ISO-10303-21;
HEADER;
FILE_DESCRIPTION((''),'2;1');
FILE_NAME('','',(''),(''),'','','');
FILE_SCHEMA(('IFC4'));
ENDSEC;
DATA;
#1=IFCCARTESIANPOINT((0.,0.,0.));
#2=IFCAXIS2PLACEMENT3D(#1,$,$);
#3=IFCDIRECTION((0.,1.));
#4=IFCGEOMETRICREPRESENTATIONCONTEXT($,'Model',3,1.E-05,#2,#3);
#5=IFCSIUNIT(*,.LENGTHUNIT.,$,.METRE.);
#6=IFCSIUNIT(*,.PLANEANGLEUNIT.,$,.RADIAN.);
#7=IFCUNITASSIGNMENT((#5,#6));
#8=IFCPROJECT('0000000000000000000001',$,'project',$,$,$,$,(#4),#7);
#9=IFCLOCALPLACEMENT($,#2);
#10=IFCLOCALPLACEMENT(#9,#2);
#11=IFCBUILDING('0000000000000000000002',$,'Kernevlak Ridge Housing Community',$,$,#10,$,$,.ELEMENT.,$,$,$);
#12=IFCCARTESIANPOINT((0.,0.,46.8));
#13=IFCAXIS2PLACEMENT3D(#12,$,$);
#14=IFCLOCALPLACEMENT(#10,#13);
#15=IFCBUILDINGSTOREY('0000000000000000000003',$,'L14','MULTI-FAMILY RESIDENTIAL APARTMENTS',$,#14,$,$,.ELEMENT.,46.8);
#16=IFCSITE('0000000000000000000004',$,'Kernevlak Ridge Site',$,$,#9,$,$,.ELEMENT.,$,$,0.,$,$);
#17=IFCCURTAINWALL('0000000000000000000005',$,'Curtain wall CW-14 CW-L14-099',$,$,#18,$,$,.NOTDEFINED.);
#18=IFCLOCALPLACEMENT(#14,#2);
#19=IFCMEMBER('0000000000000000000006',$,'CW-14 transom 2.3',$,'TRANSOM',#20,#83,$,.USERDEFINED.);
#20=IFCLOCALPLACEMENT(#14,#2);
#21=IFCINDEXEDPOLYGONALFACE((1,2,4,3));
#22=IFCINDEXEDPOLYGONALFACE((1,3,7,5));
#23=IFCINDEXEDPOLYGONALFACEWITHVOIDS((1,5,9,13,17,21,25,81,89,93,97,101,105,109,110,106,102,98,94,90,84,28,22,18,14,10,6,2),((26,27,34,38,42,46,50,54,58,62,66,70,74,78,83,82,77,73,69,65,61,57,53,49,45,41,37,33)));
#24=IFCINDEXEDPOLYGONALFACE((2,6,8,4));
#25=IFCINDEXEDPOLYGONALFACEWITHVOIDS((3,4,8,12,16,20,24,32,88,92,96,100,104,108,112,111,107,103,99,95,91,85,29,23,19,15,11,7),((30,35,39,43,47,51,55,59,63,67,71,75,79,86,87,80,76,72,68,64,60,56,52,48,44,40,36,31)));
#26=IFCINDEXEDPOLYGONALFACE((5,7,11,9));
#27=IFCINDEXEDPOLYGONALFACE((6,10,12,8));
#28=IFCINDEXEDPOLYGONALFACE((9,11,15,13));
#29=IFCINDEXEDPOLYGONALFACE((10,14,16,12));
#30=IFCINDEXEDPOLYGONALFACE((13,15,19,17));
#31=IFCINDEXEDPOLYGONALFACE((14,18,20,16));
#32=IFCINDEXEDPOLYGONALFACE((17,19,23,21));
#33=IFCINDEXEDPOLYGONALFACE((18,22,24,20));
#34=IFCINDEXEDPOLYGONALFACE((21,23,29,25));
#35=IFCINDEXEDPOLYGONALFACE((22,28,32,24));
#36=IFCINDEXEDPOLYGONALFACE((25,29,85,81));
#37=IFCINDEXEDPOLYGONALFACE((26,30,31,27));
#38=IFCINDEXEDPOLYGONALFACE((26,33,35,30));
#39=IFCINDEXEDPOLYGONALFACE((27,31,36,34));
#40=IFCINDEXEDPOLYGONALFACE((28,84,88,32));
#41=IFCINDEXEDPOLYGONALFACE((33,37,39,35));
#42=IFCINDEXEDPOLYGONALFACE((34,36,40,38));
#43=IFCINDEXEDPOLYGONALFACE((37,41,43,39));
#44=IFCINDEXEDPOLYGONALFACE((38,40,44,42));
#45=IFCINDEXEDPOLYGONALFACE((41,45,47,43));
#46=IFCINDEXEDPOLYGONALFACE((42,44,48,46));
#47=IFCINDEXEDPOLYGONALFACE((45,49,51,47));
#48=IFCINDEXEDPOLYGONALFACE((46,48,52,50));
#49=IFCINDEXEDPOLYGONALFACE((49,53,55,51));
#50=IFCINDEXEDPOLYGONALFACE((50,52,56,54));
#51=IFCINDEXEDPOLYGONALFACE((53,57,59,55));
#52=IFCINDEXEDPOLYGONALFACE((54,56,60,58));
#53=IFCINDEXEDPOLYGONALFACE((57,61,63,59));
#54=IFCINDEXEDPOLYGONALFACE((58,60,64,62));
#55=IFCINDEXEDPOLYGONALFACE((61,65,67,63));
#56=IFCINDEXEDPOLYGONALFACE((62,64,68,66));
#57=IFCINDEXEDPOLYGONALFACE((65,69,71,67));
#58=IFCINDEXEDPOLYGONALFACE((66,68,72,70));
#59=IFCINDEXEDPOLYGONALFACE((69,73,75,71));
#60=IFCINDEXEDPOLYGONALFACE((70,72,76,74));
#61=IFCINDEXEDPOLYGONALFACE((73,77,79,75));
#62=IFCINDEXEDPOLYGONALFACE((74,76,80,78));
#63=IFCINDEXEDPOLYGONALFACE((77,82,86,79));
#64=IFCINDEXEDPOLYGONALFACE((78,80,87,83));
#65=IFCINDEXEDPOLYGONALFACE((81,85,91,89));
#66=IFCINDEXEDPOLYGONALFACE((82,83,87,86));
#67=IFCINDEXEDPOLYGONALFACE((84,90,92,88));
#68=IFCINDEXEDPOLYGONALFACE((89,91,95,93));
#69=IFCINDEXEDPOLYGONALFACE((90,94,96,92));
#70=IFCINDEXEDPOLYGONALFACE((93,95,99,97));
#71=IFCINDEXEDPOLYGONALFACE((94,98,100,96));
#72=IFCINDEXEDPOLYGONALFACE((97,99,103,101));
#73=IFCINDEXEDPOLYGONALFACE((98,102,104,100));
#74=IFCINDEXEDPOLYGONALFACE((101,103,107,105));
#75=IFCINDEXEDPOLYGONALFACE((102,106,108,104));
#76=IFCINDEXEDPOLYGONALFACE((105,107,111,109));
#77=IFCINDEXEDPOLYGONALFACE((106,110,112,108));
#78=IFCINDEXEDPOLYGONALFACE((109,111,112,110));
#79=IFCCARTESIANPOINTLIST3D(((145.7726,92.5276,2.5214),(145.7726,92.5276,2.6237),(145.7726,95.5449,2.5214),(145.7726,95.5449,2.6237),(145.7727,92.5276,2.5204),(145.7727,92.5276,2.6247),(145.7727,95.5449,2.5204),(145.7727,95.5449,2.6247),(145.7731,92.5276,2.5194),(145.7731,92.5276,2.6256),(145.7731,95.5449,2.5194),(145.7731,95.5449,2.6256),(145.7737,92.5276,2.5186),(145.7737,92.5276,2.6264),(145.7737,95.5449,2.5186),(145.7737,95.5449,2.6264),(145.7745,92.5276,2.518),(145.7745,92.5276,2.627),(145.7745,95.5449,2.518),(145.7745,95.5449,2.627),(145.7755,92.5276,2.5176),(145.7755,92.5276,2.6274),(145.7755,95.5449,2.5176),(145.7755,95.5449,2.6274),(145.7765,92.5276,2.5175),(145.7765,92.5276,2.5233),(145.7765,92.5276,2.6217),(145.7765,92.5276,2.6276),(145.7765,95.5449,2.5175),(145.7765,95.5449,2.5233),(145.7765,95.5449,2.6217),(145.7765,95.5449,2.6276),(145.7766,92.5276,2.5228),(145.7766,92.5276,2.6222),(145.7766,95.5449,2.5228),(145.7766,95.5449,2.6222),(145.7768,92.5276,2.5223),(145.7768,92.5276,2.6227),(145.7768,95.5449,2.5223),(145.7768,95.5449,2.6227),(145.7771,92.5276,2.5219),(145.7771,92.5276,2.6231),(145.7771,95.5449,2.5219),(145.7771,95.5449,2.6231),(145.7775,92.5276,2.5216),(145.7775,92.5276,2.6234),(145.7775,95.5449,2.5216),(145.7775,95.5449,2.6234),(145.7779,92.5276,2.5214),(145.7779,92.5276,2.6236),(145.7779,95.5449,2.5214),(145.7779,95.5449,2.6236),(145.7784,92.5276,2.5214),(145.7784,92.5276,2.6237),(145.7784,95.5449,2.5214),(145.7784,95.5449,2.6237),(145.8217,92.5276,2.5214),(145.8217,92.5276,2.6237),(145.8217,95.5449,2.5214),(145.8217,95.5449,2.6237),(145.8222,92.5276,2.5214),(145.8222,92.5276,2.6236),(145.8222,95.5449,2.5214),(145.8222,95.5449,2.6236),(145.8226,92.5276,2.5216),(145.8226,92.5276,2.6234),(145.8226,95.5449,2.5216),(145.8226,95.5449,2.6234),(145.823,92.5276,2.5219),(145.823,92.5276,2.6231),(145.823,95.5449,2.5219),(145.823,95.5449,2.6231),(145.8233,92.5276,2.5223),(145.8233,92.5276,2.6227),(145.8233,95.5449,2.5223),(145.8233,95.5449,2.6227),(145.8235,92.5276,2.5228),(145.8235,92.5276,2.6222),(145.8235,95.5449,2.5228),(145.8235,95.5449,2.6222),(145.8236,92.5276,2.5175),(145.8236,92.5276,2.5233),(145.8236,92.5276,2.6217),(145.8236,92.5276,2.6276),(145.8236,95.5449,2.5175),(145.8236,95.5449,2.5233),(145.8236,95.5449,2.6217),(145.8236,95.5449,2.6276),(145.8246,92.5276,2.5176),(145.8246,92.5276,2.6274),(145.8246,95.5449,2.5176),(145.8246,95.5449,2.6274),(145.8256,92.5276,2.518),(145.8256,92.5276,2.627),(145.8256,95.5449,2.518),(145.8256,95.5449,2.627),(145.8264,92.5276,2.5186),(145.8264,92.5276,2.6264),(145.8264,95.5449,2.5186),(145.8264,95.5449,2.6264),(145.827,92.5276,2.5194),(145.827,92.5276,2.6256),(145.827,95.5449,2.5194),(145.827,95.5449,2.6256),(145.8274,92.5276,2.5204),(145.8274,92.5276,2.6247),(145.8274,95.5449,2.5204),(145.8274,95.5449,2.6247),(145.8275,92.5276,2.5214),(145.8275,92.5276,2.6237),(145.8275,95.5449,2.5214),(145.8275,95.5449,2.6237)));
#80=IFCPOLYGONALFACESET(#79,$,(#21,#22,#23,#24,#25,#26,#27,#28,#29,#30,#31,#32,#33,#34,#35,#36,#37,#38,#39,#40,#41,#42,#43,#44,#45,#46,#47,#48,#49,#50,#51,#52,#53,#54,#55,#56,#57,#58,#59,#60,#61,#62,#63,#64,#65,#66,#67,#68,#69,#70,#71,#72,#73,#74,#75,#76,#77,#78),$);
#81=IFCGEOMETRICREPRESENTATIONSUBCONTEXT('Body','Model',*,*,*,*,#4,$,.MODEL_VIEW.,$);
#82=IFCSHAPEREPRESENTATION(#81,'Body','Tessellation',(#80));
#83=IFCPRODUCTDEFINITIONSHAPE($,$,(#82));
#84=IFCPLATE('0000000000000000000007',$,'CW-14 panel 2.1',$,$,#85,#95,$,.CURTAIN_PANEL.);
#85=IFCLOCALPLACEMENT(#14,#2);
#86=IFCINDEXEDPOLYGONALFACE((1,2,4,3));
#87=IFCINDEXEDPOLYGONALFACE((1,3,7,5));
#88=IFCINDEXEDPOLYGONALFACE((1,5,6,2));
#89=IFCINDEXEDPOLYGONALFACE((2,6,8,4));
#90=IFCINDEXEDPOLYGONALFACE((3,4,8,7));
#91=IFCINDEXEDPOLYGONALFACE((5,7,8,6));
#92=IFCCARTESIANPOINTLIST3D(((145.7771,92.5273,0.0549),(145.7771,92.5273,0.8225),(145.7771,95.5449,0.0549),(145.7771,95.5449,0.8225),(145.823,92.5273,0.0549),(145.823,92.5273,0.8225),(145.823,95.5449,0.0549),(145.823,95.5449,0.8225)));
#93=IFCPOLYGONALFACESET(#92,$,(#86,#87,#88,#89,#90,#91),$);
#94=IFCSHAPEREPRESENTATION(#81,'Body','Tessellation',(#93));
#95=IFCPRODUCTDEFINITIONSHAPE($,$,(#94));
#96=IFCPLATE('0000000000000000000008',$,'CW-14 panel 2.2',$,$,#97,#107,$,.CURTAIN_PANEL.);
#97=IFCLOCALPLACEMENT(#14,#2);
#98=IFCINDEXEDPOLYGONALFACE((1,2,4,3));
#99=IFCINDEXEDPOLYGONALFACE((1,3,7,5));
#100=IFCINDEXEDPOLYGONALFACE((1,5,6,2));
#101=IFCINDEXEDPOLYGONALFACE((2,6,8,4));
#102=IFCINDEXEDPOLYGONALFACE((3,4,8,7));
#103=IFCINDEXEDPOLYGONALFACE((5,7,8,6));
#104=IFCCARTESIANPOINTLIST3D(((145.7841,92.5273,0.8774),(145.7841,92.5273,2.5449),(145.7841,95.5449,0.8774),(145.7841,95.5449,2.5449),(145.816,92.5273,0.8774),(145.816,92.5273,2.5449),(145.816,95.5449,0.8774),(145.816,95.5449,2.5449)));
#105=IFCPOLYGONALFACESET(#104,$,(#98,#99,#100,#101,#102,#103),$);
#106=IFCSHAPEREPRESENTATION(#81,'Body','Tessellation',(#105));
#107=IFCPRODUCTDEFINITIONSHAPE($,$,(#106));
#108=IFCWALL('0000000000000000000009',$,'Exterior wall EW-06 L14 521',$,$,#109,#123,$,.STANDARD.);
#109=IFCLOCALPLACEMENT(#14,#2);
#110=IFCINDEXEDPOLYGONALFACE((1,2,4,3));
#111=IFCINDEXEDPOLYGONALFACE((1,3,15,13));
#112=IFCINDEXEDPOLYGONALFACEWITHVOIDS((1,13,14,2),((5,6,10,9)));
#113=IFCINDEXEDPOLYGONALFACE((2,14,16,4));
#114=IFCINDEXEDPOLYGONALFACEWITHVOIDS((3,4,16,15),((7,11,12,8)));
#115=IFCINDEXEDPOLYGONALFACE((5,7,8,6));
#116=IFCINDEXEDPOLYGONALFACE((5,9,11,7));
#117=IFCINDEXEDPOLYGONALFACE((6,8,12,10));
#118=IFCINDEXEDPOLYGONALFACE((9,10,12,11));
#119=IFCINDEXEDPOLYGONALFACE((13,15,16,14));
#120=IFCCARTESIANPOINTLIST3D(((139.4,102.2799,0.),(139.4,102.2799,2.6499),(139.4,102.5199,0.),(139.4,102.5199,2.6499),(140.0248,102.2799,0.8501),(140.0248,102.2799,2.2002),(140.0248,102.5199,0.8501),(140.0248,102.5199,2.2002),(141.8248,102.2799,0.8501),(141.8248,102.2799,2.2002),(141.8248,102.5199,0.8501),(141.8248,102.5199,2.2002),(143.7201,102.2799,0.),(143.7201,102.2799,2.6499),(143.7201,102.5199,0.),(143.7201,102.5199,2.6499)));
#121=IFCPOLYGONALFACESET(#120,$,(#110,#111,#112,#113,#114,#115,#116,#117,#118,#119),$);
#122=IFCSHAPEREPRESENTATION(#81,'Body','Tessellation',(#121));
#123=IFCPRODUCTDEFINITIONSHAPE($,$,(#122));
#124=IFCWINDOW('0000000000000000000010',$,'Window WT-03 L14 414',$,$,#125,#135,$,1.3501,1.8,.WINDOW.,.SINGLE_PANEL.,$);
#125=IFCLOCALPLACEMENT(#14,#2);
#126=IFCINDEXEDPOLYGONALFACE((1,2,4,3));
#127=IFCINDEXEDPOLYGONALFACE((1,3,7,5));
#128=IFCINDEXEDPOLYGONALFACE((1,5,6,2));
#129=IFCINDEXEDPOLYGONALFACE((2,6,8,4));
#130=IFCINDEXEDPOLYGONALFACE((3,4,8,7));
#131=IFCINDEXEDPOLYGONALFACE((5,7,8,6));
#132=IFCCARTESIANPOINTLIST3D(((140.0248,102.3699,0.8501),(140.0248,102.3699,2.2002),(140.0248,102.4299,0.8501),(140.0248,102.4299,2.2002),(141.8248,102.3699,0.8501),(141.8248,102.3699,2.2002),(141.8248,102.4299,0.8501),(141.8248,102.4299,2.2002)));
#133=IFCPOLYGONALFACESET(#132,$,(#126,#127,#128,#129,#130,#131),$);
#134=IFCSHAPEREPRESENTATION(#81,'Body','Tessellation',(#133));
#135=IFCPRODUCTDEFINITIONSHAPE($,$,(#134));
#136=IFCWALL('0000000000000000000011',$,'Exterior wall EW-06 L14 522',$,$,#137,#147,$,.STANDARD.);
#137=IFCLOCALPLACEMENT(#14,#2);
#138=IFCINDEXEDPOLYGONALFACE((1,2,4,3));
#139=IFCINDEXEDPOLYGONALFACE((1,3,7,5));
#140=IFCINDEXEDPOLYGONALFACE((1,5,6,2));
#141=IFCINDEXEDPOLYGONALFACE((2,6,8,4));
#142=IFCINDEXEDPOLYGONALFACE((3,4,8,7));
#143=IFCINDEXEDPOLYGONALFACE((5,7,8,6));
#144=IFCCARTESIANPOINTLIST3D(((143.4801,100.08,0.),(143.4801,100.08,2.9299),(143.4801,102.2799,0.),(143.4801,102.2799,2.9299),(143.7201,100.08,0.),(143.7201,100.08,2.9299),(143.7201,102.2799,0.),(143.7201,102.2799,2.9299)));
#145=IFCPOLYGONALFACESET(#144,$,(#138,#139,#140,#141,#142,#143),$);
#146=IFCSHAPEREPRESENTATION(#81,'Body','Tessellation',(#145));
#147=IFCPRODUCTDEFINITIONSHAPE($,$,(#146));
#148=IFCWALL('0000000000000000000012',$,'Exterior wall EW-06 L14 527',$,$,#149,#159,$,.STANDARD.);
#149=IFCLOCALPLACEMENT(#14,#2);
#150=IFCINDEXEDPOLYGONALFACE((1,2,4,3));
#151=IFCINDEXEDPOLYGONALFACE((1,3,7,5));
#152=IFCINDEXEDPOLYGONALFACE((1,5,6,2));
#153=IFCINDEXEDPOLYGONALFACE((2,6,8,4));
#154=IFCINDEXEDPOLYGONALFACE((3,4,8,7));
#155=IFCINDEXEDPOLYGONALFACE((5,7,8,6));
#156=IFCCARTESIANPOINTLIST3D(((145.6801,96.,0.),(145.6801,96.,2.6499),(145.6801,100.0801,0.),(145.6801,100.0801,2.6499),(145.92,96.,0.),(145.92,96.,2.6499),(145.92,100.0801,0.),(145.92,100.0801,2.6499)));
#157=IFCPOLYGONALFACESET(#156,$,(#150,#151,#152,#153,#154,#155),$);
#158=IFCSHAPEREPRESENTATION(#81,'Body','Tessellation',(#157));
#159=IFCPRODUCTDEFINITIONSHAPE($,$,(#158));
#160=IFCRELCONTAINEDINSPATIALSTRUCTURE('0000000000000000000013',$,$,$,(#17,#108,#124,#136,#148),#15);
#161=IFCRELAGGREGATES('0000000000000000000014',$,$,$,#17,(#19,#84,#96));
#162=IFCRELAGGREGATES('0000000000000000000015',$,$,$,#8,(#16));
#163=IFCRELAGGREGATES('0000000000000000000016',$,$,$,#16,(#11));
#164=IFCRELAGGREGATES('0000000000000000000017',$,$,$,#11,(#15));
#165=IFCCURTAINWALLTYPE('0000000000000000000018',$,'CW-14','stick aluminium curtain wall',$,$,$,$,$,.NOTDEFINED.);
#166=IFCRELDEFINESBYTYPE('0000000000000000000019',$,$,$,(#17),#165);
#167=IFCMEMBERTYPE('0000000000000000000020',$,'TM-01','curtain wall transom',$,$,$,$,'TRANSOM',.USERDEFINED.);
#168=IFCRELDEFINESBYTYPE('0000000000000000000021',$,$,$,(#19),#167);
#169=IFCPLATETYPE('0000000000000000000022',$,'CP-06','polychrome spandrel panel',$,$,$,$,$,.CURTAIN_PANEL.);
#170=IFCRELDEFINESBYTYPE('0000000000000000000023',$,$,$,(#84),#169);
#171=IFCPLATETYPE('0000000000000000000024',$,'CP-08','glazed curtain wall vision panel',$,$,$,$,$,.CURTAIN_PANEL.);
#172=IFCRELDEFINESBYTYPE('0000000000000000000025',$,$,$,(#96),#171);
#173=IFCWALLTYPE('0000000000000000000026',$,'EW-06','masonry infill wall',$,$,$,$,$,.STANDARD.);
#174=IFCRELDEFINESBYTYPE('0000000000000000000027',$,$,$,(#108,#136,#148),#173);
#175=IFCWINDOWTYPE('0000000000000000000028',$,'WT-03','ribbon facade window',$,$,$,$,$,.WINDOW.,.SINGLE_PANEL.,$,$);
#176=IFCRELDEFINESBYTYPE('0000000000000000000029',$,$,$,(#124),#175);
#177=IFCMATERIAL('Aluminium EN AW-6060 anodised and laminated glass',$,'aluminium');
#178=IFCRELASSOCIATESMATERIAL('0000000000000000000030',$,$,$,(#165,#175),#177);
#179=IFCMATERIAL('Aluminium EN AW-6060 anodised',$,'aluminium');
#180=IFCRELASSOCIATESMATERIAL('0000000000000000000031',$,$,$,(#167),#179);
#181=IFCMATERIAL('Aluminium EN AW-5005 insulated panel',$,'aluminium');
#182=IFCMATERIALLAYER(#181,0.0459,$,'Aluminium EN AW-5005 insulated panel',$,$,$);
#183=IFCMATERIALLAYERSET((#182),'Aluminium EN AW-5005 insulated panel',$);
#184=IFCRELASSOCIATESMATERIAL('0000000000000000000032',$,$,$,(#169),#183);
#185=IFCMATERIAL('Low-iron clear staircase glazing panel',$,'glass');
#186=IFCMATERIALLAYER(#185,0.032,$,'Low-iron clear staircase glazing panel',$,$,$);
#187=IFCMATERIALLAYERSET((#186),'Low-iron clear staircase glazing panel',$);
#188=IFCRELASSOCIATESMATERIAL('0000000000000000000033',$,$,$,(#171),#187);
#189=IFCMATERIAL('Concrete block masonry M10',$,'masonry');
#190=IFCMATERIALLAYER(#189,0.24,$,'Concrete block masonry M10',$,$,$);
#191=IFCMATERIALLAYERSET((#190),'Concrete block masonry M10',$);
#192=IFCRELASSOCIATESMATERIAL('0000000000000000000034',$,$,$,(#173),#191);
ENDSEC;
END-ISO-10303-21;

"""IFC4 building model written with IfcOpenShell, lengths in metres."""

from ifc_helpers import new_model, si_unit, direction, frame, frame_2d, origin, origin_2d, place, context, subcontext, project, spatial, rectangle, hollow_rectangle, extrude, material, layer, layer_set, material_profile, profile_set, type_object, element, fill, aggregate, save


model = new_model("IFC4")

# Units and contexts
model_context = context("Model", 3, precision=1e-05, world=origin(), true_north=direction((0.0, 1.0)))
body_context = subcontext(model_context, "Body", "Model", "MODEL_VIEW")
ifc_project = project(units=[si_unit("LENGTHUNIT", "METRE"), si_unit("PLANEANGLEUNIT", "RADIAN")], contexts=[model_context])

# Site, building, storey
site_placement = place(None, origin())
site = spatial("IfcSite", under=ifc_project, at=site_placement, Name="Kernevlak Ridge Site", CompositionType="ELEMENT", RefElevation=0.0)
building_placement = place(site_placement, origin())
building = spatial("IfcBuilding", under=site, at=building_placement, Name="Kernevlak Ridge Housing Community", CompositionType="ELEMENT")
storey_placement = place(building_placement, frame((0.0, 0.0, 46.8)))
storey = spatial("IfcBuildingStorey", under=building, at=storey_placement, Name="L14", Description="MULTI-FAMILY RESIDENTIAL APARTMENTS", CompositionType="ELEMENT", Elevation=46.8)

# Curtain wall
ifc_material_1 = material(Name="Aluminium EN AW-6060 anodised and laminated glass", Category="aluminium")
curtain_wall_type = type_object("IfcCurtainWallType", Name="CW-14", Description="stick aluminium curtain wall", PredefinedType="NOTDEFINED", material=ifc_material_1)
curtain_wall_placement = place(storey_placement, origin())
curtain_wall = element("IfcCurtainWall", 1, at=curtain_wall_placement, inside=storey, type_object=curtain_wall_type, Name="Curtain wall CW-14 CW-L14-099", PredefinedType="NOTDEFINED")
ifc_material_2 = material(Name="Aluminium EN AW-6060 anodised", Category="aluminium")

# Member
ifc_material_profile_1 = material_profile(ifc_material_2, hollow_rectangle(XDim=0.0549, YDim=0.1101, WallThickness=0.0039, InnerFilletRadius=0.002, OuterFilletRadius=0.0039, at=origin_2d()), Name="ALU 55x110x4")
ifc_profile_set_1 = profile_set([ifc_material_profile_1], Name="Aluminium EN AW-6060 anodised")
member_type_1 = type_object("IfcMemberType", Name="TM-01", Description="curtain wall transom", ElementType="TRANSOM", PredefinedType="USERDEFINED", material=ifc_profile_set_1)
member_1_placement = place(storey_placement, frame((145.8, 92.5276, 2.5725), z_axis=(0.0, 1.0, 0.0), x_axis=(-1.0, 0.0, 0.0)))
member_1 = element("IfcMember", 2, at=member_1_placement, type_object=member_type_1, Name="CW-14 transom 2.3", ObjectType="TRANSOM", PredefinedType="USERDEFINED", context=body_context, shape_type="SweptSolid", body=[
    extrude(hollow_rectangle(XDim=0.0549, YDim=0.1101, WallThickness=0.0039, InnerFilletRadius=0.002, OuterFilletRadius=0.0039, at=origin_2d()), origin(), (0.0, 0.0, 1.0), 3.0173),
])

# Plates
ifc_material_3 = material(Name="Aluminium EN AW-5005 insulated panel", Category="aluminium")
ifc_layer_1 = layer(ifc_material_3, 0.0459, Name="Aluminium EN AW-5005 insulated panel")
ifc_layer_set_1 = layer_set([ifc_layer_1], Name="Aluminium EN AW-5005 insulated panel")
plate_type_1 = type_object("IfcPlateType", Name="CP-06", Description="polychrome spandrel panel", PredefinedType="CURTAIN_PANEL", material=ifc_layer_set_1)
plate_1_placement = place(storey_placement, frame((145.8, 94.0361, 0.0549), z_axis=(0.0, 0.0, 1.0), x_axis=(0.0, 1.0, 0.0)))
plate_1 = element("IfcPlate", 3, at=plate_1_placement, type_object=plate_type_1, Name="CW-14 panel 2.1", PredefinedType="CURTAIN_PANEL", context=body_context, shape_type="SweptSolid", body=[
    extrude(rectangle(XDim=3.0176, YDim=0.0459, at=origin_2d()), origin(), (0.0, 0.0, 1.0), 0.7676),
])
ifc_material_4 = material(Name="Low-iron clear staircase glazing panel", Category="glass")
ifc_layer_2 = layer(ifc_material_4, 0.032, Name="Low-iron clear staircase glazing panel")
ifc_layer_set_2 = layer_set([ifc_layer_2], Name="Low-iron clear staircase glazing panel")
plate_type_2 = type_object("IfcPlateType", Name="CP-08", Description="glazed curtain wall vision panel", PredefinedType="CURTAIN_PANEL", material=ifc_layer_set_2)
plate_2_placement = place(storey_placement, frame((145.8, 94.0361, 0.8774), z_axis=(0.0, 0.0, 1.0), x_axis=(0.0, 1.0, 0.0)))
plate_2 = element("IfcPlate", 4, at=plate_2_placement, type_object=plate_type_2, Name="CW-14 panel 2.2", PredefinedType="CURTAIN_PANEL", context=body_context, shape_type="SweptSolid", body=[
    extrude(rectangle(XDim=3.0176, YDim=0.032, at=origin_2d()), origin(), (0.0, 0.0, 1.0), 1.6675),
])
aggregate(curtain_wall, [member_1, plate_1, plate_2])

# Wall, opening, window
ifc_material_5 = material(Name="Concrete block masonry M10", Category="masonry")
ifc_layer_3 = layer(ifc_material_5, 0.24, Name="Concrete block masonry M10")
ifc_layer_set_3 = layer_set([ifc_layer_3], Name="Concrete block masonry M10")
wall_type_1 = type_object("IfcWallType", Name="EW-06", Description="masonry infill wall", PredefinedType="STANDARD", material=ifc_layer_set_3)
wall_1_placement = place(storey_placement, frame((139.3999, 102.3999, 0.0), z_axis=(0.0, 0.0, 1.0), x_axis=(1.0, 0.0, 0.0)))
wall_1 = element("IfcWall", 5, at=wall_1_placement, inside=storey, type_object=wall_type_1, Name="Exterior wall EW-06 L14 521", PredefinedType="STANDARD", context=body_context, shape_type="SweptSolid", body=[
    extrude(rectangle(XDim=4.3201, YDim=0.24, at=frame_2d((2.1602, 0.0))), origin(), (0.0, 0.0, 1.0), 2.6499),
])
opening_1_placement = place(wall_1_placement, frame((0.625, 0.0, 0.8501)))
opening_1 = element("IfcOpeningElement", 6, at=opening_1_placement, cuts=wall_1, PredefinedType="OPENING", context=body_context, shape_type="SweptSolid", body=[
    extrude(rectangle(XDim=1.8, YDim=1.3501, at=frame_2d((0.8999, 0.675))), frame((0.0, 0.1299, 0.0), z_axis=(0.0, -1.0, 0.0), x_axis=(1.0, 0.0, 0.0)), (0.0, 0.0, 1.0), 0.26),
])
window_type = type_object("IfcWindowType", Name="WT-03", Description="ribbon facade window", PartitioningType="SINGLE_PANEL", PredefinedType="WINDOW", material=ifc_material_1)
window_placement = place(opening_1_placement, origin())
window = element("IfcWindow", 7, at=window_placement, inside=storey, type_object=window_type, Name="Window WT-03 L14 414", OverallHeight=1.3501, OverallWidth=1.8, PartitioningType="SINGLE_PANEL", PredefinedType="WINDOW", context=body_context, shape_type="SweptSolid", body=[
    extrude(rectangle(XDim=1.8, YDim=1.3501, at=frame_2d((0.8999, 0.675))), frame((0.0, 0.03, 0.0), z_axis=(0.0, -1.0, 0.0), x_axis=(1.0, 0.0, 0.0)), (0.0, 0.0, 1.0), 0.0601),
])
fill(opening_1, window)

# Wall
wall_2_placement = place(storey_placement, frame((143.6001, 102.28, 0.0), z_axis=(0.0, 0.0, 1.0), x_axis=(0.0, -1.0, 0.0)))
element("IfcWall", 8, at=wall_2_placement, inside=storey, type_object=wall_type_1, Name="Exterior wall EW-06 L14 522", PredefinedType="STANDARD", context=body_context, shape_type="SweptSolid", body=[
    extrude(rectangle(XDim=2.2, YDim=0.24, at=frame_2d((1.1001, 0.0))), origin(), (0.0, 0.0, 1.0), 2.9299),
])

# Wall
wall_3_placement = place(storey_placement, frame((145.8, 96.0, 0.0), z_axis=(0.0, 0.0, 1.0), x_axis=(0.0, 1.0, 0.0)))
element("IfcWall", 9, at=wall_3_placement, inside=storey, type_object=wall_type_1, Name="Exterior wall EW-06 L14 527", PredefinedType="STANDARD", context=body_context, shape_type="SweptSolid", body=[
    extrude(rectangle(XDim=4.0801, YDim=0.24, at=frame_2d((2.04, 0.0))), origin(), (0.0, 0.0, 1.0), 2.6499),
])

save(model, "model.ifc")
